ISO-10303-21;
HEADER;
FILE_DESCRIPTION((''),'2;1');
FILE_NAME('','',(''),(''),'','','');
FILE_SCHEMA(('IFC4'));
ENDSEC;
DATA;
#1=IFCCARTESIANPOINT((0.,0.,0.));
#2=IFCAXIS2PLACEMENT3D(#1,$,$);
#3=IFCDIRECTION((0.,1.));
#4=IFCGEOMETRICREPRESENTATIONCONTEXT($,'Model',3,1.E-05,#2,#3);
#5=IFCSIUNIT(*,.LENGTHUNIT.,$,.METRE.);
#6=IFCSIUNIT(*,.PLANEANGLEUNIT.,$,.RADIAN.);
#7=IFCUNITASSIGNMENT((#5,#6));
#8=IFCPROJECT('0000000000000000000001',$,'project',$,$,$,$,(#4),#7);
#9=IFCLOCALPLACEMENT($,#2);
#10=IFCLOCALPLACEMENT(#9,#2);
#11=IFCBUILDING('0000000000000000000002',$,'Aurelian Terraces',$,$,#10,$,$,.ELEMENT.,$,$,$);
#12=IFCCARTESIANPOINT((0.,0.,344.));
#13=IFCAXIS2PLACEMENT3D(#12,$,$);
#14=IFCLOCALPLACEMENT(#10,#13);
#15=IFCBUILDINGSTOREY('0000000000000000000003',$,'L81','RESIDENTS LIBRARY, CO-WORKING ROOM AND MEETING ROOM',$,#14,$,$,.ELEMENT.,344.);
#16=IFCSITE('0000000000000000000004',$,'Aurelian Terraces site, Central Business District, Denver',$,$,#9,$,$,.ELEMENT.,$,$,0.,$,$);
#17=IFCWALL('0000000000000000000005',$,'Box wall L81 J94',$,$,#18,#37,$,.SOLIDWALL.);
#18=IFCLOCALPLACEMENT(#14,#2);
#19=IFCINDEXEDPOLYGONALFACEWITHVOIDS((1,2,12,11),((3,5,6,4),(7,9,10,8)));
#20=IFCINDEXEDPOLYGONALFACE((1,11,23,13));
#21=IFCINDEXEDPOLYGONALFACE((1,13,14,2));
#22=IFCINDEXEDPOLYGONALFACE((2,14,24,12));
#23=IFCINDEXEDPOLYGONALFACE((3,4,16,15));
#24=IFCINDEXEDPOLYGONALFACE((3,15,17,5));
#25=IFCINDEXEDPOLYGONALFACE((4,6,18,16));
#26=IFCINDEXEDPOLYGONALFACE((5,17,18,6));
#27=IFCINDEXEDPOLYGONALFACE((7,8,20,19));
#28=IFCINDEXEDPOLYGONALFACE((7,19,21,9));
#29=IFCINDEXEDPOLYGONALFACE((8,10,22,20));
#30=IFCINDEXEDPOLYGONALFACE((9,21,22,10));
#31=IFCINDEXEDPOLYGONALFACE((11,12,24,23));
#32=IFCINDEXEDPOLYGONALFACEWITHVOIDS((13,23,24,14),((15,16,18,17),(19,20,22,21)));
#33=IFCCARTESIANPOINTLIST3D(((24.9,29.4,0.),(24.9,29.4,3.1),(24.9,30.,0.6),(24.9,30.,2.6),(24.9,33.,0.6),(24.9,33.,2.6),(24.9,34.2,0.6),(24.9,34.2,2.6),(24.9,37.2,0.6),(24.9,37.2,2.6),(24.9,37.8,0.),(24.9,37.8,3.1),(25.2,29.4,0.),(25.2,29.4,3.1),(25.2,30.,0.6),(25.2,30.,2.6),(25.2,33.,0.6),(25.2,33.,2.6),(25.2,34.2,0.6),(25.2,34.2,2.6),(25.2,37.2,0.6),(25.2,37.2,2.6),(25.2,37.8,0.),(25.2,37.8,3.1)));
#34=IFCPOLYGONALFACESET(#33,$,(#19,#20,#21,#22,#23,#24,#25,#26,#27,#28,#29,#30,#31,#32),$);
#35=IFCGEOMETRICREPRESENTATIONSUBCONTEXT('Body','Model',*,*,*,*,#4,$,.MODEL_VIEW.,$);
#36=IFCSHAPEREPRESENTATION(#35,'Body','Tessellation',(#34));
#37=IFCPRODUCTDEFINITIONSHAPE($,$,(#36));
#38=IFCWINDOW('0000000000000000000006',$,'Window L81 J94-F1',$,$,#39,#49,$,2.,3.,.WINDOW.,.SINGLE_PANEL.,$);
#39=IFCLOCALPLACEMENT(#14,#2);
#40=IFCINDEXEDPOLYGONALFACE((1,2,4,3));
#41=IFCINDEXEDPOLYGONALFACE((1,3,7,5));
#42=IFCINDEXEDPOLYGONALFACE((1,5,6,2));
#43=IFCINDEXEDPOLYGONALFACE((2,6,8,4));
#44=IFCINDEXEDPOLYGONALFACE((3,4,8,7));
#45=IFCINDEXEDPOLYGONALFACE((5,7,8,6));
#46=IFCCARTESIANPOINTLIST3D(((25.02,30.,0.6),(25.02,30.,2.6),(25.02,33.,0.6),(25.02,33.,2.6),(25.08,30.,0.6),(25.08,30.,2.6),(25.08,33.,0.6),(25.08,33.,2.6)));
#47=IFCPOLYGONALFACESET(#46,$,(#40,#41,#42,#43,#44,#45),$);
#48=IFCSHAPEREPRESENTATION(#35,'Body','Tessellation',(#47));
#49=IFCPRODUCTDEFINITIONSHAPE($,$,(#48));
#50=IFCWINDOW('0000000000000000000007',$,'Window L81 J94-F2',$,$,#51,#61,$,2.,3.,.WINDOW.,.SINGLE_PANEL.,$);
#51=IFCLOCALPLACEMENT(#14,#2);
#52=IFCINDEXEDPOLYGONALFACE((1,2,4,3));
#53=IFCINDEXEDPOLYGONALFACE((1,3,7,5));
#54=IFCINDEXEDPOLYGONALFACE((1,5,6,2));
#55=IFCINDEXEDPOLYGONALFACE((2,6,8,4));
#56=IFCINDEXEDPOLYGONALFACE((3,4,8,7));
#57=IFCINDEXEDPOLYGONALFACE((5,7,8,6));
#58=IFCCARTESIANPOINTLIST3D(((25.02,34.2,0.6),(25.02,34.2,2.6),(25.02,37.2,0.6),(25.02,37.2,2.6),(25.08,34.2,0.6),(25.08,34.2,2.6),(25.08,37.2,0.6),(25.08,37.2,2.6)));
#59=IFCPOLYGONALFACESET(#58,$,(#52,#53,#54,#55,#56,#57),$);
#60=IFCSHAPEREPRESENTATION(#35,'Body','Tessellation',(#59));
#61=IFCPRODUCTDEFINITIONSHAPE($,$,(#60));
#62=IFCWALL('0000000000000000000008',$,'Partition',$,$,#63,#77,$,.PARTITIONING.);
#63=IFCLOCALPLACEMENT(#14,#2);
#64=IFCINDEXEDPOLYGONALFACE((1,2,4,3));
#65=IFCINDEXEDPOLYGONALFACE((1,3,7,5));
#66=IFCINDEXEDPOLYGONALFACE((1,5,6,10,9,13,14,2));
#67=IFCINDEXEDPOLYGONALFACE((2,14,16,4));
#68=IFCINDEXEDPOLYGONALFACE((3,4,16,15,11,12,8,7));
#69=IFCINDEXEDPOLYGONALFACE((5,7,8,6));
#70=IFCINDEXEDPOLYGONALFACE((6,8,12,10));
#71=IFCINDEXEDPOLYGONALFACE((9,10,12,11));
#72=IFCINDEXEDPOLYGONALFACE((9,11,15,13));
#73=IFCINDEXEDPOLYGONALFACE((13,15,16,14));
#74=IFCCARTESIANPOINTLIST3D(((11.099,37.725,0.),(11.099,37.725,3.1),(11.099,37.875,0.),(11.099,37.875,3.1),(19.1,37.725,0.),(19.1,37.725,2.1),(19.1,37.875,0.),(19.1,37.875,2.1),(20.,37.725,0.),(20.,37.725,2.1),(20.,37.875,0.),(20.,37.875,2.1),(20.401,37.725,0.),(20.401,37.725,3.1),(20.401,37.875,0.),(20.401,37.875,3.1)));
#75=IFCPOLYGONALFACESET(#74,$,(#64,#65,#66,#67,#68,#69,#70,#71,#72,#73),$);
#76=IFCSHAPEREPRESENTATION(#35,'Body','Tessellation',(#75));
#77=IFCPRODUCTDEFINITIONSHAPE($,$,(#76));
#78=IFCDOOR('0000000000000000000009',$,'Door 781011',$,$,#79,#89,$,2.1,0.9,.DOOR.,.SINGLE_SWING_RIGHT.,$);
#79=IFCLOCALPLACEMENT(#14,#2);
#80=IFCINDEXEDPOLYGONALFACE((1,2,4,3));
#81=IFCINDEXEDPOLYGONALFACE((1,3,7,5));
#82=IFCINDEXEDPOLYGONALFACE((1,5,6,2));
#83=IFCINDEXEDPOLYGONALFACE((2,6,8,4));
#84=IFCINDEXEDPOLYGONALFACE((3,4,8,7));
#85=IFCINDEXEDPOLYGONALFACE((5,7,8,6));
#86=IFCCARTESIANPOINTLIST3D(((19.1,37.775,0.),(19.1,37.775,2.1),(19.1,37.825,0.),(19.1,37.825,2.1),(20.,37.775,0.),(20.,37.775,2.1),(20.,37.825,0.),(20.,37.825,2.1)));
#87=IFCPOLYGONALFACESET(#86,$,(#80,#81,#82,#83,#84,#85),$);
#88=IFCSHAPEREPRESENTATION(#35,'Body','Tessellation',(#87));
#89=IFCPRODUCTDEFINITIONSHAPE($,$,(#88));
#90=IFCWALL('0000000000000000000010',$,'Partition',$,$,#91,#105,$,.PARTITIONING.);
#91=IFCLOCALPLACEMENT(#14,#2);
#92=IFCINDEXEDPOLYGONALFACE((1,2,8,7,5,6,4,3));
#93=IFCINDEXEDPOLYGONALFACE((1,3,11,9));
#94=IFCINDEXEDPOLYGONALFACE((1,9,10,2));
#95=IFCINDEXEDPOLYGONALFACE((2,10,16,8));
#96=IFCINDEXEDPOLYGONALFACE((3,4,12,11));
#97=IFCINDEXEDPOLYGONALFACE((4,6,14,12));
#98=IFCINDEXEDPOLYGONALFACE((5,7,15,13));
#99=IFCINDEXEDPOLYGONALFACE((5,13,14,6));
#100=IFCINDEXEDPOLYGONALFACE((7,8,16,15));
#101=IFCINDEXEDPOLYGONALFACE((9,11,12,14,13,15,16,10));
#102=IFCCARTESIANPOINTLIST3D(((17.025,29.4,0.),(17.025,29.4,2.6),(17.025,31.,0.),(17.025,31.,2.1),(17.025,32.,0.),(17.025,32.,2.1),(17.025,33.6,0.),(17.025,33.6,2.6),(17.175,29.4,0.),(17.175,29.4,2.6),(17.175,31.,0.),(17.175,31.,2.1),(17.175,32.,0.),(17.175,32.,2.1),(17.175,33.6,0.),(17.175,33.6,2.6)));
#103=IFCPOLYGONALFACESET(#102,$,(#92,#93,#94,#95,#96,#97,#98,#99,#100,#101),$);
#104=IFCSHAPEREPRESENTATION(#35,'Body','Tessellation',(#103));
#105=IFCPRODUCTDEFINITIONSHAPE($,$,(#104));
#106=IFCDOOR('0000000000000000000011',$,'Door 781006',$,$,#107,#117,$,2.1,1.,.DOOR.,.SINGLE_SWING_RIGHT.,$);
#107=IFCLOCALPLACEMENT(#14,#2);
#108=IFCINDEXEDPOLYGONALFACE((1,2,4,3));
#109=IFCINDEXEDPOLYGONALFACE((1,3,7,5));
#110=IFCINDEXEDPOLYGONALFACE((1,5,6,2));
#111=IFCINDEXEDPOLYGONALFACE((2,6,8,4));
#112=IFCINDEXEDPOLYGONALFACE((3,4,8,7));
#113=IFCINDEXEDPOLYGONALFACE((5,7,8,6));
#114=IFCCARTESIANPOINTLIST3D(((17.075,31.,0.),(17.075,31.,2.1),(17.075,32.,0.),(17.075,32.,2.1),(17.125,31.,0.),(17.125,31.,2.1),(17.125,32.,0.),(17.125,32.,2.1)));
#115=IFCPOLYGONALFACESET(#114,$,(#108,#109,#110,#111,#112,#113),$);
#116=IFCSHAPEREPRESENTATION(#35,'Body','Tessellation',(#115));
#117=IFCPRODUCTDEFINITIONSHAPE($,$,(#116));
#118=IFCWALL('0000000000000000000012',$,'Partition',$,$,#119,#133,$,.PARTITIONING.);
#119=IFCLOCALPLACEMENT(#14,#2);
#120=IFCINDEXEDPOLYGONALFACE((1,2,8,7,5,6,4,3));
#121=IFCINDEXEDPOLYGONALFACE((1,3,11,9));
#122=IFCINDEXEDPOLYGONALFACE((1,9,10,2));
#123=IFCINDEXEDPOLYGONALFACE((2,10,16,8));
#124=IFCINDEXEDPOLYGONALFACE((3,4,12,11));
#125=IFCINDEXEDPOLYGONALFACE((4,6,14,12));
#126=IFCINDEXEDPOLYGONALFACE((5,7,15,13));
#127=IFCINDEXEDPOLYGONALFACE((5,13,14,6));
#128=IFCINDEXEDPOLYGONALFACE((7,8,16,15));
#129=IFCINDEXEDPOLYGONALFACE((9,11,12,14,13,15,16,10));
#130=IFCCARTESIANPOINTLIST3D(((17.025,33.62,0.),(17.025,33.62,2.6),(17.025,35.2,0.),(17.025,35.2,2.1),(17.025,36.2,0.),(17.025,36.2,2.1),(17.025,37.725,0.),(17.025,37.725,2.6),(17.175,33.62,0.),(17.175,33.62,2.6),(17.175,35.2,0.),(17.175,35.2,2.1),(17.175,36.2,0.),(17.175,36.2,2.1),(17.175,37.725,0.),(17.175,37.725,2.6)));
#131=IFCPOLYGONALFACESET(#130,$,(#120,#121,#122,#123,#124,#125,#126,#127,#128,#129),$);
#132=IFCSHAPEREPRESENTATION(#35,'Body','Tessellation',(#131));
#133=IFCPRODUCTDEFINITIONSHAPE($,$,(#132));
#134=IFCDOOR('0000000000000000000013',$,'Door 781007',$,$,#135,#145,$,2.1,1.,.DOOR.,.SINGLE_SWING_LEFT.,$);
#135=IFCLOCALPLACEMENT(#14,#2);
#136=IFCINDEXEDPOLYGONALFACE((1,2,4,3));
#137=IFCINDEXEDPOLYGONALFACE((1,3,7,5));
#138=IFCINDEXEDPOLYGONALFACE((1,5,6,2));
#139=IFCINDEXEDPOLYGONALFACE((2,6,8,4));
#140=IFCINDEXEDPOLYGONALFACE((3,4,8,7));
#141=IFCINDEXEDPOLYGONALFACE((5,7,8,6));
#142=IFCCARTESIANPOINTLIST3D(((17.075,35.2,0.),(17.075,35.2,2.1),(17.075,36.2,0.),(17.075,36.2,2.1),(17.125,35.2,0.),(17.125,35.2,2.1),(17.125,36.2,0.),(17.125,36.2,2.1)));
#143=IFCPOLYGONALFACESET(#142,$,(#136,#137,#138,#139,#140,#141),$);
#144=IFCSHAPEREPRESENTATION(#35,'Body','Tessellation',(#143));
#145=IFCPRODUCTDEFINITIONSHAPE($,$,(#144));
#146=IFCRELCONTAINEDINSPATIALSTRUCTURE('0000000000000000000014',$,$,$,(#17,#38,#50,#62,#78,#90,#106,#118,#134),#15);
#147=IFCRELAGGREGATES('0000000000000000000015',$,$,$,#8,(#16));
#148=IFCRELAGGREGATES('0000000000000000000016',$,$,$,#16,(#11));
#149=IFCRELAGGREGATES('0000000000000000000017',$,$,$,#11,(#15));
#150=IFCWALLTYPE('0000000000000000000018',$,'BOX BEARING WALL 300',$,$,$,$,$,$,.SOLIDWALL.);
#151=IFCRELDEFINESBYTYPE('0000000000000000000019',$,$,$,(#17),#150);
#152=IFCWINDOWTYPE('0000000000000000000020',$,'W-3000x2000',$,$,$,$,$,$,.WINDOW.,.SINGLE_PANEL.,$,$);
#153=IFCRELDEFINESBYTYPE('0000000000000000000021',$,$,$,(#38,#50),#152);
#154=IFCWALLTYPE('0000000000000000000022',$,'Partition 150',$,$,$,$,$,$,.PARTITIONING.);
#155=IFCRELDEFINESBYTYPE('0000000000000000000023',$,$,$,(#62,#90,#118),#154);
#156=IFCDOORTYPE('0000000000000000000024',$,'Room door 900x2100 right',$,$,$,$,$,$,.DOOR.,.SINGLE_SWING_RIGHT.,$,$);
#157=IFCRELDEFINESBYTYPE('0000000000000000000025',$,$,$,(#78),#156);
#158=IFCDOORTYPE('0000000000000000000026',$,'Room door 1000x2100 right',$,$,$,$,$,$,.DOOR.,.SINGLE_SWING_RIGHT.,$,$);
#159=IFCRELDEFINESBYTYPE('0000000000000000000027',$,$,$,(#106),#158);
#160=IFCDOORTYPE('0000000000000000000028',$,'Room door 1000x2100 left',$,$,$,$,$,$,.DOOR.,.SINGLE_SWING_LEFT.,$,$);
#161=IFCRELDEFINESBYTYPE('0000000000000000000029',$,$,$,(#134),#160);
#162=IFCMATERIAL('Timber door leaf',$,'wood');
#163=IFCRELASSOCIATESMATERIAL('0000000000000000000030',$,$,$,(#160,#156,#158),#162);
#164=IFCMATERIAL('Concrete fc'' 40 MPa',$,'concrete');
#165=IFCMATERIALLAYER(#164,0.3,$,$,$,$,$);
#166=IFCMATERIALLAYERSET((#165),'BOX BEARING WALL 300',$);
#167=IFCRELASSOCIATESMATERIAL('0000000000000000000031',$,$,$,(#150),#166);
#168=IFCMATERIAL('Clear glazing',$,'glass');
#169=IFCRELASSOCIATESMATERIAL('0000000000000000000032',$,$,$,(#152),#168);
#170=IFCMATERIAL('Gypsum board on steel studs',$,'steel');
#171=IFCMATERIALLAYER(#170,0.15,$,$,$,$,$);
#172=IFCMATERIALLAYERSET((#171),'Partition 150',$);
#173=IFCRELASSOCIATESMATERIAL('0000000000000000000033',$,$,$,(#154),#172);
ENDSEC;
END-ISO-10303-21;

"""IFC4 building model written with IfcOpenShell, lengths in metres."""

from ifc_helpers import new_model, si_unit, direction, frame, frame_2d, origin, place, context, subcontext, project, spatial, rectangle, extrude, source, transform, mapped, material, layer, layer_set, type_object, element, fill, save


model = new_model("IFC4")

# Units and contexts
model_context = context("Model", 3, precision=1e-05, world=origin(), true_north=direction((0.0, 1.0)))
body_context = subcontext(model_context, "Body", "Model", "MODEL_VIEW")
ifc_project = project(units=[si_unit("LENGTHUNIT", "METRE"), si_unit("PLANEANGLEUNIT", "RADIAN")], contexts=[model_context])

# Site, building, storey
site_placement = place(None, origin())
site = spatial("IfcSite", under=ifc_project, at=site_placement, Name="Aurelian Terraces site, Central Business District, Denver", CompositionType="ELEMENT", RefElevation=0.0)
building_placement = place(site_placement, origin())
building = spatial("IfcBuilding", under=site, at=building_placement, Name="Aurelian Terraces", CompositionType="ELEMENT")
storey_placement = place(building_placement, frame((0.0, 0.0, 344.0)))
storey = spatial("IfcBuildingStorey", under=building, at=storey_placement, Name="L81", Description="RESIDENTS LIBRARY, CO-WORKING ROOM AND MEETING ROOM", CompositionType="ELEMENT", Elevation=344.0)

# Shared definitions
ifc_material_1 = material(Name="Concrete fc' 40 MPa", Category="concrete")

# Shared definitions
ifc_material_2 = material(Name="Clear glazing", Category="glass")

# Shared definitions
ifc_material_3 = material(Name="Timber door leaf", Category="wood")
door_type_1 = type_object("IfcDoorType", Name="Room door 1000x2100 left", OperationType="SINGLE_SWING_LEFT", PredefinedType="DOOR", material=ifc_material_3)
shared_shape_1 = source(origin(), body_context, "Body", "SweptSolid", [
    extrude(rectangle(XDim=1.0, YDim=2.1, at=frame_2d((0.5, 1.05))), frame((0.0, 0.025, 0.0), z_axis=(0.0, -1.0, 0.0), x_axis=(1.0, 0.0, 0.0)), (0.0, 0.0, 1.0), 0.05),
])

# Wall, openings, windows
ifc_layer_1 = layer(ifc_material_1, 0.3)
ifc_layer_set_1 = layer_set([ifc_layer_1], Name="BOX BEARING WALL 300")
wall_type_1 = type_object("IfcWallType", Name="BOX BEARING WALL 300", PredefinedType="SOLIDWALL", material=ifc_layer_set_1)
shared_shape_2 = source(origin(), body_context, "Body", "SweptSolid", [
    extrude(rectangle(XDim=8.4, YDim=0.3, at=frame_2d((4.2, 0.0))), origin(), (0.0, 0.0, 1.0), 3.1),
])
wall_1_placement = place(storey_placement, frame((25.05, 29.4, 0.0), z_axis=(0.0, 0.0, 1.0), x_axis=(0.0, 1.0, 0.0)))
wall_1 = element("IfcWall", 1, at=wall_1_placement, inside=storey, type_object=wall_type_1, Name="Box wall L81 J94", PredefinedType="SOLIDWALL", context=body_context, shape_type="MappedRepresentation", body=[
    mapped(shared_shape_2, transform((0.0, 0.0, 0.0), scale=1.0)),
])
shared_shape_3 = source(origin(), body_context, "Body", "SweptSolid", [
    extrude(rectangle(XDim=3.0, YDim=2.0, at=frame_2d((1.5, 1.0))), frame((0.0, 0.16, 0.0), z_axis=(0.0, -1.0, 0.0), x_axis=(1.0, 0.0, 0.0)), (0.0, 0.0, 1.0), 0.32),
])
opening_1_placement = place(wall_1_placement, frame((0.6, 0.0, 0.6)))
opening_1 = element("IfcOpeningElement", 2, at=opening_1_placement, cuts=wall_1, PredefinedType="OPENING", context=body_context, shape_type="MappedRepresentation", body=[
    mapped(shared_shape_3, transform((0.0, 0.0, 0.0), scale=1.0)),
])
opening_2_placement = place(wall_1_placement, frame((4.8, 0.0, 0.6)))
opening_2 = element("IfcOpeningElement", 3, at=opening_2_placement, cuts=wall_1, PredefinedType="OPENING", context=body_context, shape_type="MappedRepresentation", body=[
    mapped(shared_shape_3, transform((0.0, 0.0, 0.0), scale=1.0)),
])
window_type_1 = type_object("IfcWindowType", Name="W-3000x2000", PartitioningType="SINGLE_PANEL", PredefinedType="WINDOW", material=ifc_material_2)
shared_shape_4 = source(origin(), body_context, "Body", "SweptSolid", [
    extrude(rectangle(XDim=3.0, YDim=2.0, at=frame_2d((1.5, 1.0))), frame((0.0, 0.03, 0.0), z_axis=(0.0, -1.0, 0.0), x_axis=(1.0, 0.0, 0.0)), (0.0, 0.0, 1.0), 0.06),
])
window_1_placement = place(opening_1_placement, origin())
window_1 = element("IfcWindow", 4, at=window_1_placement, inside=storey, type_object=window_type_1, Name="Window L81 J94-F1", OverallHeight=2.0, OverallWidth=3.0, PartitioningType="SINGLE_PANEL", PredefinedType="WINDOW", context=body_context, shape_type="MappedRepresentation", body=[
    mapped(shared_shape_4, transform((0.0, 0.0, 0.0), scale=1.0)),
])
fill(opening_1, window_1)
window_2_placement = place(opening_2_placement, origin())
window_2 = element("IfcWindow", 5, at=window_2_placement, inside=storey, type_object=window_type_1, Name="Window L81 J94-F2", OverallHeight=2.0, OverallWidth=3.0, PartitioningType="SINGLE_PANEL", PredefinedType="WINDOW", context=body_context, shape_type="MappedRepresentation", body=[
    mapped(shared_shape_4, transform((0.0, 0.0, 0.0), scale=1.0)),
])
fill(opening_2, window_2)

# Walls, openings, doors
ifc_material_4 = material(Name="Gypsum board on steel studs", Category="steel")
ifc_layer_2 = layer(ifc_material_4, 0.15)
ifc_layer_set_2 = layer_set([ifc_layer_2], Name="Partition 150")
wall_type_2 = type_object("IfcWallType", Name="Partition 150", PredefinedType="PARTITIONING", material=ifc_layer_set_2)
shared_shape_5 = source(origin(), body_context, "Body", "SweptSolid", [
    extrude(rectangle(XDim=9.302, YDim=0.15, at=frame_2d((4.651, 0.0))), origin(), (0.0, 0.0, 1.0), 3.1),
])
wall_2_placement = place(storey_placement, frame((20.401, 37.8, 0.0), z_axis=(0.0, 0.0, 1.0), x_axis=(-1.0, 0.0, 0.0)))
wall_2 = element("IfcWall", 6, at=wall_2_placement, inside=storey, type_object=wall_type_2, Name="Partition", PredefinedType="PARTITIONING", context=body_context, shape_type="MappedRepresentation", body=[
    mapped(shared_shape_5, transform((0.0, 0.0, 0.0), scale=1.0)),
])
shared_shape_6 = source(origin(), body_context, "Body", "SweptSolid", [
    extrude(rectangle(XDim=0.9, YDim=2.1, at=frame_2d((0.45, 1.05))), frame((0.0, 0.085, 0.0), z_axis=(0.0, -1.0, 0.0), x_axis=(1.0, 0.0, 0.0)), (0.0, 0.0, 1.0), 0.17),
])
opening_3_placement = place(wall_2_placement, frame((0.401, 0.0, 0.0)))
opening_3 = element("IfcOpeningElement", 7, at=opening_3_placement, cuts=wall_2, PredefinedType="OPENING", context=body_context, shape_type="MappedRepresentation", body=[
    mapped(shared_shape_6, transform((0.0, 0.0, 0.0), scale=1.0)),
])
door_type_2 = type_object("IfcDoorType", Name="Room door 900x2100 right", OperationType="SINGLE_SWING_RIGHT", PredefinedType="DOOR", material=ifc_material_3)
shared_shape_7 = source(origin(), body_context, "Body", "SweptSolid", [
    extrude(rectangle(XDim=0.9, YDim=2.1, at=frame_2d((0.45, 1.05))), frame((0.0, 0.025, 0.0), z_axis=(0.0, -1.0, 0.0), x_axis=(1.0, 0.0, 0.0)), (0.0, 0.0, 1.0), 0.05),
])
door_1_placement = place(opening_3_placement, origin())
door_1 = element("IfcDoor", 8, at=door_1_placement, inside=storey, type_object=door_type_2, Name="Door 781011", OperationType="SINGLE_SWING_RIGHT", OverallHeight=2.1, OverallWidth=0.9, PredefinedType="DOOR", context=body_context, shape_type="MappedRepresentation", body=[
    mapped(shared_shape_7, transform((0.0, 0.0, 0.0), scale=1.0)),
])
fill(opening_3, door_1)
shared_shape_8 = source(origin(), body_context, "Body", "SweptSolid", [
    extrude(rectangle(XDim=4.2, YDim=0.15, at=frame_2d((2.1, 0.0))), origin(), (0.0, 0.0, 1.0), 2.6),
])
wall_3_placement = place(storey_placement, frame((17.1, 33.6, 0.0), z_axis=(0.0, 0.0, 1.0), x_axis=(0.0, -1.0, 0.0)))
wall_3 = element("IfcWall", 9, at=wall_3_placement, inside=storey, type_object=wall_type_2, Name="Partition", PredefinedType="PARTITIONING", context=body_context, shape_type="MappedRepresentation", body=[
    mapped(shared_shape_8, transform((0.0, 0.0, 0.0), scale=1.0)),
])
shared_shape_9 = source(origin(), body_context, "Body", "SweptSolid", [
    extrude(rectangle(XDim=1.0, YDim=2.1, at=frame_2d((0.5, 1.05))), frame((0.0, 0.085, 0.0), z_axis=(0.0, -1.0, 0.0), x_axis=(1.0, 0.0, 0.0)), (0.0, 0.0, 1.0), 0.17),
])
opening_4_placement = place(wall_3_placement, frame((1.6, 0.0, 0.0)))
opening_4 = element("IfcOpeningElement", 10, at=opening_4_placement, cuts=wall_3, PredefinedType="OPENING", context=body_context, shape_type="MappedRepresentation", body=[
    mapped(shared_shape_9, transform((0.0, 0.0, 0.0), scale=1.0)),
])
door_type_3 = type_object("IfcDoorType", Name="Room door 1000x2100 right", OperationType="SINGLE_SWING_RIGHT", PredefinedType="DOOR", material=ifc_material_3)
door_2_placement = place(opening_4_placement, origin())
door_2 = element("IfcDoor", 11, at=door_2_placement, inside=storey, type_object=door_type_3, Name="Door 781006", OperationType="SINGLE_SWING_RIGHT", OverallHeight=2.1, OverallWidth=1.0, PredefinedType="DOOR", context=body_context, shape_type="MappedRepresentation", body=[
    mapped(shared_shape_1, transform((0.0, 0.0, 0.0), scale=1.0)),
])
fill(opening_4, door_2)
shared_shape_10 = source(origin(), body_context, "Body", "SweptSolid", [
    extrude(rectangle(XDim=4.105, YDim=0.15, at=frame_2d((2.0525, 0.0))), origin(), (0.0, 0.0, 1.0), 2.6),
])
wall_4_placement = place(storey_placement, frame((17.1, 37.725, 0.0), z_axis=(0.0, 0.0, 1.0), x_axis=(0.0, -1.0, 0.0)))
wall_4 = element("IfcWall", 12, at=wall_4_placement, inside=storey, type_object=wall_type_2, Name="Partition", PredefinedType="PARTITIONING", context=body_context, shape_type="MappedRepresentation", body=[
    mapped(shared_shape_10, transform((0.0, 0.0, 0.0), scale=1.0)),
])
opening_5_placement = place(wall_4_placement, frame((1.525, 0.0, 0.0)))
opening_5 = element("IfcOpeningElement", 13, at=opening_5_placement, cuts=wall_4, PredefinedType="OPENING", context=body_context, shape_type="MappedRepresentation", body=[
    mapped(shared_shape_9, transform((0.0, 0.0, 0.0), scale=1.0)),
])
door_3_placement = place(opening_5_placement, origin())
door_3 = element("IfcDoor", 14, at=door_3_placement, inside=storey, type_object=door_type_1, Name="Door 781007", OperationType="SINGLE_SWING_LEFT", OverallHeight=2.1, OverallWidth=1.0, PredefinedType="DOOR", context=body_context, shape_type="MappedRepresentation", body=[
    mapped(shared_shape_1, transform((0.0, 0.0, 0.0), scale=1.0)),
])
fill(opening_5, door_3)

save(model, "model.ifc")
